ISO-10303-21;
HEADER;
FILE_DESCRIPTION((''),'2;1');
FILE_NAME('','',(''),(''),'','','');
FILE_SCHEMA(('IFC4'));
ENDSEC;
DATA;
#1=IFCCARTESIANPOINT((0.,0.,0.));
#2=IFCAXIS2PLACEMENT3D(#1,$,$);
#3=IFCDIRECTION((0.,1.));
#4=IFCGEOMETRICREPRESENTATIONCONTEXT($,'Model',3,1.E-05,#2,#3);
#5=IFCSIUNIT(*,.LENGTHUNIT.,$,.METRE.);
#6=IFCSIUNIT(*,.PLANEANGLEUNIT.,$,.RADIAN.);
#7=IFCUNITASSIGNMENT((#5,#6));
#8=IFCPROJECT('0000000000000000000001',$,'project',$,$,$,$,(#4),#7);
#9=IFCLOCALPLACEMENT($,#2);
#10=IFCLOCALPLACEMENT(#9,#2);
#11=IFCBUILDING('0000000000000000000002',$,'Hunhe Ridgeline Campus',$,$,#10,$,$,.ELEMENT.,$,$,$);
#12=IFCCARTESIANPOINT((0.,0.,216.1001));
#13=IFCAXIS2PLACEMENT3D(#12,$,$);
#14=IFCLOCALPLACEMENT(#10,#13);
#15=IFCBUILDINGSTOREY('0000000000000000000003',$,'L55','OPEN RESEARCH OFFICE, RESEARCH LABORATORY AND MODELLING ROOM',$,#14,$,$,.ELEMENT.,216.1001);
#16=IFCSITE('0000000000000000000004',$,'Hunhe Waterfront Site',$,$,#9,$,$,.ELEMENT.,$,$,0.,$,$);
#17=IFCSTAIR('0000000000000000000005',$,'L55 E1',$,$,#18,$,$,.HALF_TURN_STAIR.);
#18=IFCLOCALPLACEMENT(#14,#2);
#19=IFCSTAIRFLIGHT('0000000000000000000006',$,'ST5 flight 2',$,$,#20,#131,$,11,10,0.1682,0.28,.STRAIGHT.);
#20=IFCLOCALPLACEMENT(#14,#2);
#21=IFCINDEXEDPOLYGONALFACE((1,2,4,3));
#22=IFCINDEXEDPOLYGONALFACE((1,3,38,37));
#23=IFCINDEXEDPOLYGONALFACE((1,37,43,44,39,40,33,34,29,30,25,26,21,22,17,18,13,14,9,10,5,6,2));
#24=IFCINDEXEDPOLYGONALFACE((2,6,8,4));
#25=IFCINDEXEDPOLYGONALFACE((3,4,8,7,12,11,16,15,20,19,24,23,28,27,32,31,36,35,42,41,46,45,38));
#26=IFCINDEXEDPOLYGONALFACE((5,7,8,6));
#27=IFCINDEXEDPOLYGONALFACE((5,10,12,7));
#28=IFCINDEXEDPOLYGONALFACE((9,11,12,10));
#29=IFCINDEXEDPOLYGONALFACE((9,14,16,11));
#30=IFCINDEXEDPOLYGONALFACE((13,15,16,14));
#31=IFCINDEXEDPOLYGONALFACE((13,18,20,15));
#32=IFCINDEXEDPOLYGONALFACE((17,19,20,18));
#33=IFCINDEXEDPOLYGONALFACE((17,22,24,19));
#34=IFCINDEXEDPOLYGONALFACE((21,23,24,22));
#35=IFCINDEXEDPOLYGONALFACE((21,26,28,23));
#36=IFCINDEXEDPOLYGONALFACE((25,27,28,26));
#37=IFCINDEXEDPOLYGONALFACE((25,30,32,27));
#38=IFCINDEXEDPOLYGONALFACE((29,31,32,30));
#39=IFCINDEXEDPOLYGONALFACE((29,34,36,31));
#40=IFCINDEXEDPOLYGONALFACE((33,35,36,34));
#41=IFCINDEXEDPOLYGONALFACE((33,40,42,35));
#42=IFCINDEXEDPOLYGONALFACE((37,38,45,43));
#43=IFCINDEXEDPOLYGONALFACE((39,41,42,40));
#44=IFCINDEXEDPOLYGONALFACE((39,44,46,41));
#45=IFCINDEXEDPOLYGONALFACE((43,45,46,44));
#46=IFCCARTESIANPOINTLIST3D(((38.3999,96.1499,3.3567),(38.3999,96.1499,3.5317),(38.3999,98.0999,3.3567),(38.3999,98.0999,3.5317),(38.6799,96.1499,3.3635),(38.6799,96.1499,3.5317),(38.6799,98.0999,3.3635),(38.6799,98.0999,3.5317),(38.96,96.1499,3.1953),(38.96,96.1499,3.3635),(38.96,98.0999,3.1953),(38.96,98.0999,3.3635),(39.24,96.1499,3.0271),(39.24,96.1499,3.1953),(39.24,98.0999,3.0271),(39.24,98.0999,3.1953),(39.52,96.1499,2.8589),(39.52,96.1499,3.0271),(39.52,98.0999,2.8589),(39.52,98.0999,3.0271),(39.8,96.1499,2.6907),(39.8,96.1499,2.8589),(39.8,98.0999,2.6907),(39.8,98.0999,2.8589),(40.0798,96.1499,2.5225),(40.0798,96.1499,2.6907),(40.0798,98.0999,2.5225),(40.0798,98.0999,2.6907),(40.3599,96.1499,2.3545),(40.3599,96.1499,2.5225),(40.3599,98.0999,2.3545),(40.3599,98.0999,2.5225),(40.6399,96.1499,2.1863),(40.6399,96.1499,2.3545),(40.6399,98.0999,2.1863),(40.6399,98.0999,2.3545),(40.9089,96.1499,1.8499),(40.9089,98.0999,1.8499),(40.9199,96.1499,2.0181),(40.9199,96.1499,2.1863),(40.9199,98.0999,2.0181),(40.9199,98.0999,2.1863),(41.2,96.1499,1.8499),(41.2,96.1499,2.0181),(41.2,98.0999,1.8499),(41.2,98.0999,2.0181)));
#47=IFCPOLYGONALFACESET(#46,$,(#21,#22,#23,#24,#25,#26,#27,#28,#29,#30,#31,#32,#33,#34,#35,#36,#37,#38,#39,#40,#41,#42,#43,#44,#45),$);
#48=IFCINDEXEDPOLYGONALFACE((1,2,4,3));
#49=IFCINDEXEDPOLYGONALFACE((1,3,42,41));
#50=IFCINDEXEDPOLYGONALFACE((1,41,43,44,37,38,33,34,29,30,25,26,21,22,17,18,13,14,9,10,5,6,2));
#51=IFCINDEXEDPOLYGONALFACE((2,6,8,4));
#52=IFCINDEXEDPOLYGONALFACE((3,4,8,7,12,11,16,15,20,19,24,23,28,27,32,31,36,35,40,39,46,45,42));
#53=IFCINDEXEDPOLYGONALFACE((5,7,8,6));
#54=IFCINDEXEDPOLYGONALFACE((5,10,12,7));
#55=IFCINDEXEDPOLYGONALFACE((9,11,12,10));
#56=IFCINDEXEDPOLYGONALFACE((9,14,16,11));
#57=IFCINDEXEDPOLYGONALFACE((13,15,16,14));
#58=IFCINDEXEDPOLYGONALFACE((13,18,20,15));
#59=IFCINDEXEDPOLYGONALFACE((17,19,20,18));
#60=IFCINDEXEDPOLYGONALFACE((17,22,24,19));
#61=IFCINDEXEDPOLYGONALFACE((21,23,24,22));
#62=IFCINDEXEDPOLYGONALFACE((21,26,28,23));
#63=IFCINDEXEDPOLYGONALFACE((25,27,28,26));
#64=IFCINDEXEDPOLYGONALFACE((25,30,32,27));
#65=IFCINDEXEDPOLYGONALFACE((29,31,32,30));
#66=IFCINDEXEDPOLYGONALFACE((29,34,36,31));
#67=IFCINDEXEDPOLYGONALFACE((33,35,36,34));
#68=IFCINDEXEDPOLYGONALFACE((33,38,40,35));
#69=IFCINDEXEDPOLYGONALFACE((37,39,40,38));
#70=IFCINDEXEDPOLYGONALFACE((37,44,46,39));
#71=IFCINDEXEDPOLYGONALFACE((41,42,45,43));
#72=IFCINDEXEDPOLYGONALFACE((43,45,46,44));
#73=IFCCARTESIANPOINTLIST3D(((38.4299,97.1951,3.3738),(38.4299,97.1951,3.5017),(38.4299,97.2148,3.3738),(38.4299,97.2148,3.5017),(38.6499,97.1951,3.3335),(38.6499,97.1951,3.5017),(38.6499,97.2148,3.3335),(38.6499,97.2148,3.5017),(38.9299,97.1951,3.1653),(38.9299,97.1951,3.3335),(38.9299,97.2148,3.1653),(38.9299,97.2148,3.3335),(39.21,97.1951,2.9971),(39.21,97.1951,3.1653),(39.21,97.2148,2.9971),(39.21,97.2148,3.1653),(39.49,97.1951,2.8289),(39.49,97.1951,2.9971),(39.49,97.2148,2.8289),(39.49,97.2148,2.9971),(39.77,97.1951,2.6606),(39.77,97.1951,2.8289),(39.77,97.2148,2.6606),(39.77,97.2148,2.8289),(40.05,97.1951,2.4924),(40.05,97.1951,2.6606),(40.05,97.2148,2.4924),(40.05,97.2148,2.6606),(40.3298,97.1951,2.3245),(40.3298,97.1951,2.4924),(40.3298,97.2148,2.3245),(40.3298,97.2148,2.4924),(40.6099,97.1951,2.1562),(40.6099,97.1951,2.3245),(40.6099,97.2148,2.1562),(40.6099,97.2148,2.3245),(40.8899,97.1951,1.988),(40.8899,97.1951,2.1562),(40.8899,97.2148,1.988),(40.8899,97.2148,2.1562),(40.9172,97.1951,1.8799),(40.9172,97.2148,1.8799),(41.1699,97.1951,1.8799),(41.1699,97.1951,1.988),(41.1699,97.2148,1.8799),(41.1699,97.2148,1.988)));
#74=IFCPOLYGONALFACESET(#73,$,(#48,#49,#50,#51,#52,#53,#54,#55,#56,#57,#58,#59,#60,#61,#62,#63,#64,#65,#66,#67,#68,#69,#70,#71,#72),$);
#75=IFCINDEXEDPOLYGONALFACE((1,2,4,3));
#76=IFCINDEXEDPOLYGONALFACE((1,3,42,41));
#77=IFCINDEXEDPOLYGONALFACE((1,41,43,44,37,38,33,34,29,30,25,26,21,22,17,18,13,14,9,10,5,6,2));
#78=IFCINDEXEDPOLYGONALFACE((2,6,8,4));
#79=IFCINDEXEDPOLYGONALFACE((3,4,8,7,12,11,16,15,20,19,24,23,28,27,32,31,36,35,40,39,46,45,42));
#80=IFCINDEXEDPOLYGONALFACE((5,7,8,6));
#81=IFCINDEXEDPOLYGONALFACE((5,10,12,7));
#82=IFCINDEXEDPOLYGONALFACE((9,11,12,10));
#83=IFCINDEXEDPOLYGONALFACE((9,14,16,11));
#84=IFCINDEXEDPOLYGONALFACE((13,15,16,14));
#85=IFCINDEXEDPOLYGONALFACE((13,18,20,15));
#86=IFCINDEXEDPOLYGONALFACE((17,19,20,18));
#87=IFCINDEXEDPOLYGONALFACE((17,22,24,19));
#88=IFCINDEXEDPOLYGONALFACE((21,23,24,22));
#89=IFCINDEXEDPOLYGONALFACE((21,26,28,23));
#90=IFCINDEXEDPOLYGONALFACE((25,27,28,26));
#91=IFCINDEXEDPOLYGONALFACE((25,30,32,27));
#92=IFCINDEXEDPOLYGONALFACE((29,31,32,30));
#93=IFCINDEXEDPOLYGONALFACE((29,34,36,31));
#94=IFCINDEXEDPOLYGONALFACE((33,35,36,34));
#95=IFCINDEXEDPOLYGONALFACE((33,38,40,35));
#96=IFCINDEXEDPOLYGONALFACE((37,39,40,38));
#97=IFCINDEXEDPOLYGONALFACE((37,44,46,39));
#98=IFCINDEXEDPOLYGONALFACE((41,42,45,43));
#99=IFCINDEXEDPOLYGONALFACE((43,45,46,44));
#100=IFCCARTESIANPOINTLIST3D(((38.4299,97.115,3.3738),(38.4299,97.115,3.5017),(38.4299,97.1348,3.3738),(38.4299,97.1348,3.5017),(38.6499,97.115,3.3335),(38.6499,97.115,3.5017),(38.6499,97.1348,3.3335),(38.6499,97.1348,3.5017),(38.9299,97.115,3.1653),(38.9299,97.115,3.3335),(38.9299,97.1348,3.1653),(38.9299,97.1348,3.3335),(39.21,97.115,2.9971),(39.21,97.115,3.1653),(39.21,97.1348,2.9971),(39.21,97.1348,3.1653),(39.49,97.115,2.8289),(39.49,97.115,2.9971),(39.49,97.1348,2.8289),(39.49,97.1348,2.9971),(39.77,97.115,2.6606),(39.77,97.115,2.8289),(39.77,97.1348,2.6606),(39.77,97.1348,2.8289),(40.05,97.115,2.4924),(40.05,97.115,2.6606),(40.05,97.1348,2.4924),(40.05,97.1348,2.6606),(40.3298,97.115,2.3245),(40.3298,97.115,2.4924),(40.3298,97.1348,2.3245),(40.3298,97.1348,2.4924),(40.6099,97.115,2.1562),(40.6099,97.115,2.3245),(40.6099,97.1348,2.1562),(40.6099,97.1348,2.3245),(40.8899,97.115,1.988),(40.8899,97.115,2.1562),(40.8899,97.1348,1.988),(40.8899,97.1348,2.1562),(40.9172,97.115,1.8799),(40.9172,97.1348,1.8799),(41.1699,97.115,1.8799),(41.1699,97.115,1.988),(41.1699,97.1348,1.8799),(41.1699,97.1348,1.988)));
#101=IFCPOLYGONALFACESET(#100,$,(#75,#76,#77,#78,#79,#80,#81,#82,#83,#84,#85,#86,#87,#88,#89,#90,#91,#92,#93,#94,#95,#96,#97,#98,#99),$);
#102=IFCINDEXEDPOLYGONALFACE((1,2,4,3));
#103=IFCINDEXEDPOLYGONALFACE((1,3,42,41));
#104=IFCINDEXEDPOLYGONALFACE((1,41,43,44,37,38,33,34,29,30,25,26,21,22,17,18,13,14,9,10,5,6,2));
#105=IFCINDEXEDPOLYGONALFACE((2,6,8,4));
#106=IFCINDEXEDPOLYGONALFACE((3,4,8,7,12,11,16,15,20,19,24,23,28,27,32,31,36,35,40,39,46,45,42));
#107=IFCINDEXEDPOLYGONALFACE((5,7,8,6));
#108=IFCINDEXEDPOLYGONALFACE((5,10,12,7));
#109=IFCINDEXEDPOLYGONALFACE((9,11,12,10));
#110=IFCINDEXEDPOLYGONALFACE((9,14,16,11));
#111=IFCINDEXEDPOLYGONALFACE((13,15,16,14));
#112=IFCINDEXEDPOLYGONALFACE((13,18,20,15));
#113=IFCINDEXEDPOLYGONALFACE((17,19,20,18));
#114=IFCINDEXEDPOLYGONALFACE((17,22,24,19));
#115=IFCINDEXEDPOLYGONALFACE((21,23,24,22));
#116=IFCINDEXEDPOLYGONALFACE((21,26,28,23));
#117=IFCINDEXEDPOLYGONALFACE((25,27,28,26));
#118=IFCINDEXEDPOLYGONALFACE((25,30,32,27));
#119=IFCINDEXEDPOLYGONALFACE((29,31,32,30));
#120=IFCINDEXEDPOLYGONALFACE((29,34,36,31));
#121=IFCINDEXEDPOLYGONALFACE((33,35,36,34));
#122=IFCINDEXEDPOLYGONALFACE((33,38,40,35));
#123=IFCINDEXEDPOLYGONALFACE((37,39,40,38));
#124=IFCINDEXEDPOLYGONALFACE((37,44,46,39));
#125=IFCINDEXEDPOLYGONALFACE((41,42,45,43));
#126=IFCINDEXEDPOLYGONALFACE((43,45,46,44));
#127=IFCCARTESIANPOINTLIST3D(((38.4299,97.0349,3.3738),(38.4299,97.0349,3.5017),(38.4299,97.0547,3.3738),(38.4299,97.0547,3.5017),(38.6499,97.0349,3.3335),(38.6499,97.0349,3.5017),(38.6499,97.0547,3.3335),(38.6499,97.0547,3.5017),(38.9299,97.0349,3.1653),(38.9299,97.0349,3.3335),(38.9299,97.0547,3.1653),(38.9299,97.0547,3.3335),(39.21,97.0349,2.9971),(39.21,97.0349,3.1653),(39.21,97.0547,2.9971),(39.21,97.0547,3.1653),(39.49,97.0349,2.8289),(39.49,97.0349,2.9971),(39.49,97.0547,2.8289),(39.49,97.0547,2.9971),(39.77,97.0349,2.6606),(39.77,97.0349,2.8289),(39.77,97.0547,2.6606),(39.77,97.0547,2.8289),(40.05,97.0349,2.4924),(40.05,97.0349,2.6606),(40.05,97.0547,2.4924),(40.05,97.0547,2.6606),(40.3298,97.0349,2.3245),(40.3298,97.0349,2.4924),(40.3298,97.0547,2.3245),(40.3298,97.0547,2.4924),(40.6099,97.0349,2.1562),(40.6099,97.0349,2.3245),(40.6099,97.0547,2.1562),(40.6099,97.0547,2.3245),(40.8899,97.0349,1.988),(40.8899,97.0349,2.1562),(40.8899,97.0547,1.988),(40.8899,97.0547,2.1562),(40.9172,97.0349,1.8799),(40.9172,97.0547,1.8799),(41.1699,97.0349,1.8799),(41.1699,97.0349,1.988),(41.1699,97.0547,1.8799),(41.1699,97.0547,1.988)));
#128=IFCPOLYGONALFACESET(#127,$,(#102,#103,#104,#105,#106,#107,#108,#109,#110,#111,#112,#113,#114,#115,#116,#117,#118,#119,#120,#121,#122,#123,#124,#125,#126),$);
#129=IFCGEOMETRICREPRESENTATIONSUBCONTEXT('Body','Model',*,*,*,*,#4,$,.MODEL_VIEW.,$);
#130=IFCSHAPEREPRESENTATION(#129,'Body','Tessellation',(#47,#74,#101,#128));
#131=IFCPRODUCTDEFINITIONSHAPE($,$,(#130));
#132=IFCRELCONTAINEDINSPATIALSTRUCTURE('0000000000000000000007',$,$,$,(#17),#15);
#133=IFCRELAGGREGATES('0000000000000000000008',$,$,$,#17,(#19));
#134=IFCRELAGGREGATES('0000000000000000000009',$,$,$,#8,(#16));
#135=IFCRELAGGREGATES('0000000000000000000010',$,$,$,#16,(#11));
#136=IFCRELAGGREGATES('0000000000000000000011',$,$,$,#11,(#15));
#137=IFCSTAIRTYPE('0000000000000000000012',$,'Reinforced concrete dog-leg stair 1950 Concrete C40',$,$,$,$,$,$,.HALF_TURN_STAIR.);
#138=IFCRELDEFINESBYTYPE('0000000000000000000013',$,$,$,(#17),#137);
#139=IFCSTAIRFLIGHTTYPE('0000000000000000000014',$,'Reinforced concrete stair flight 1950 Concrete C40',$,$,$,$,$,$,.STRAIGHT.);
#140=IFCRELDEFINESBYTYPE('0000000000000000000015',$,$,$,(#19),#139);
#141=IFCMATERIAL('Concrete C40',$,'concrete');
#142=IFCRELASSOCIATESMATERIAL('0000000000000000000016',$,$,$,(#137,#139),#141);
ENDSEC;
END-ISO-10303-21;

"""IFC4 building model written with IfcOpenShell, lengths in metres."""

from ifc_helpers import new_model, si_unit, direction, frame, origin, place, context, subcontext, project, spatial, polyline, outline, extrude, material, type_object, element, aggregate, save


model = new_model("IFC4")

# Units and contexts
model_context = context("Model", 3, precision=1e-05, world=origin(), true_north=direction((0.0, 1.0)))
body_context = subcontext(model_context, "Body", "Model", "MODEL_VIEW")
ifc_project = project(units=[si_unit("LENGTHUNIT", "METRE"), si_unit("PLANEANGLEUNIT", "RADIAN")], contexts=[model_context])

# Site, building, storey
site_placement = place(None, origin())
site = spatial("IfcSite", under=ifc_project, at=site_placement, Name="Hunhe Waterfront Site", CompositionType="ELEMENT", RefElevation=0.0)
building_placement = place(site_placement, origin())
building = spatial("IfcBuilding", under=site, at=building_placement, Name="Hunhe Ridgeline Campus", CompositionType="ELEMENT")
storey_placement = place(building_placement, frame((0.0, 0.0, 216.1001)))
storey = spatial("IfcBuildingStorey", under=building, at=storey_placement, Name="L55", Description="OPEN RESEARCH OFFICE, RESEARCH LABORATORY AND MODELLING ROOM", CompositionType="ELEMENT", Elevation=216.1001)

# Stair, stair flight
ifc_material_1 = material(Name="Concrete C40", Category="concrete")
stair_type = type_object("IfcStairType", Name="Reinforced concrete dog-leg stair 1950 Concrete C40", PredefinedType="HALF_TURN_STAIR", material=ifc_material_1)
stair_placement = place(storey_placement, origin())
stair = element("IfcStair", 1, at=stair_placement, inside=storey, type_object=stair_type, Name="L55 E1", PredefinedType="HALF_TURN_STAIR")
stair_flight_type = type_object("IfcStairFlightType", Name="Reinforced concrete stair flight 1950 Concrete C40", PredefinedType="STRAIGHT", material=ifc_material_1)
stair_flight_1_placement = place(storey_placement, frame((41.2, 97.125, 1.8499), z_axis=(0.0, 0.0, 1.0), x_axis=(-1.0, 0.0, 0.0)))
stair_flight_1 = element("IfcStairFlight", 2, at=stair_flight_1_placement, type_object=stair_flight_type, Name="ST5 flight 2", NumberOfRisers=11, NumberOfTreads=10, PredefinedType="STRAIGHT", RiserHeight=0.1682, TreadLength=0.28, context=body_context, shape_type="SweptSolid", body=[
    extrude(outline(polyline([(0.0, 0.0), (0.0, 0.1682), (0.28, 0.1682), (0.28, 0.3364), (0.5601, 0.3364), (0.5601, 0.5046), (0.8401, 0.5046), (0.8401, 0.6726), (1.1201, 0.6726), (1.1201, 0.8408), (1.3999, 0.8408), (1.3999, 1.009), (1.6799, 1.009), (1.6799, 1.1772), (1.96, 1.1772), (1.96, 1.3455), (2.24, 1.3455), (2.24, 1.5137), (2.52, 1.5137), (2.52, 1.6819), (2.8, 1.6819), (2.8, 1.8501), (2.8, 1.5068), (0.291, 0.0), (0.0, 0.0)])), frame((0.0, 0.9751, 0.0), z_axis=(0.0, -1.0, 0.0), x_axis=(1.0, 0.0, 0.0)), (0.0, 0.0, 1.0), 1.95),
    extrude(outline(polyline([(0.03, 0.03), (0.03, 0.1382), (0.3101, 0.1382), (0.3101, 0.3064), (0.5901, 0.3064), (0.5901, 0.4746), (0.8701, 0.4746), (0.8701, 0.6426), (1.1499, 0.6426), (1.1499, 0.8108), (1.4299, 0.8108), (1.4299, 0.979), (1.71, 0.979), (1.71, 1.1472), (1.99, 1.1472), (1.99, 1.3154), (2.27, 1.3154), (2.27, 1.4836), (2.55, 1.4836), (2.55, 1.6519), (2.77, 1.6519), (2.77, 1.5239), (0.2827, 0.03), (0.03, 0.03)])), frame((0.0, -0.0701, 0.0), z_axis=(0.0, -1.0, 0.0), x_axis=(1.0, 0.0, 0.0)), (0.0, 0.0, 1.0), 0.0198),
    extrude(outline(polyline([(0.03, 0.03), (0.03, 0.1382), (0.3101, 0.1382), (0.3101, 0.3064), (0.5901, 0.3064), (0.5901, 0.4746), (0.8701, 0.4746), (0.8701, 0.6426), (1.1499, 0.6426), (1.1499, 0.8108), (1.4299, 0.8108), (1.4299, 0.979), (1.71, 0.979), (1.71, 1.1472), (1.99, 1.1472), (1.99, 1.3154), (2.27, 1.3154), (2.27, 1.4836), (2.55, 1.4836), (2.55, 1.6519), (2.77, 1.6519), (2.77, 1.5239), (0.2827, 0.03), (0.03, 0.03)])), frame((0.0, 0.01, 0.0), z_axis=(0.0, -1.0, 0.0), x_axis=(1.0, 0.0, 0.0)), (0.0, 0.0, 1.0), 0.0198),
    extrude(outline(polyline([(0.03, 0.03), (0.03, 0.1382), (0.3101, 0.1382), (0.3101, 0.3064), (0.5901, 0.3064), (0.5901, 0.4746), (0.8701, 0.4746), (0.8701, 0.6426), (1.1499, 0.6426), (1.1499, 0.8108), (1.4299, 0.8108), (1.4299, 0.979), (1.71, 0.979), (1.71, 1.1472), (1.99, 1.1472), (1.99, 1.3154), (2.27, 1.3154), (2.27, 1.4836), (2.55, 1.4836), (2.55, 1.6519), (2.77, 1.6519), (2.77, 1.5239), (0.2827, 0.03), (0.03, 0.03)])), frame((0.0, 0.0901, 0.0), z_axis=(0.0, -1.0, 0.0), x_axis=(1.0, 0.0, 0.0)), (0.0, 0.0, 1.0), 0.0198),
])
aggregate(stair, [stair_flight_1])

save(model, "model.ifc")
